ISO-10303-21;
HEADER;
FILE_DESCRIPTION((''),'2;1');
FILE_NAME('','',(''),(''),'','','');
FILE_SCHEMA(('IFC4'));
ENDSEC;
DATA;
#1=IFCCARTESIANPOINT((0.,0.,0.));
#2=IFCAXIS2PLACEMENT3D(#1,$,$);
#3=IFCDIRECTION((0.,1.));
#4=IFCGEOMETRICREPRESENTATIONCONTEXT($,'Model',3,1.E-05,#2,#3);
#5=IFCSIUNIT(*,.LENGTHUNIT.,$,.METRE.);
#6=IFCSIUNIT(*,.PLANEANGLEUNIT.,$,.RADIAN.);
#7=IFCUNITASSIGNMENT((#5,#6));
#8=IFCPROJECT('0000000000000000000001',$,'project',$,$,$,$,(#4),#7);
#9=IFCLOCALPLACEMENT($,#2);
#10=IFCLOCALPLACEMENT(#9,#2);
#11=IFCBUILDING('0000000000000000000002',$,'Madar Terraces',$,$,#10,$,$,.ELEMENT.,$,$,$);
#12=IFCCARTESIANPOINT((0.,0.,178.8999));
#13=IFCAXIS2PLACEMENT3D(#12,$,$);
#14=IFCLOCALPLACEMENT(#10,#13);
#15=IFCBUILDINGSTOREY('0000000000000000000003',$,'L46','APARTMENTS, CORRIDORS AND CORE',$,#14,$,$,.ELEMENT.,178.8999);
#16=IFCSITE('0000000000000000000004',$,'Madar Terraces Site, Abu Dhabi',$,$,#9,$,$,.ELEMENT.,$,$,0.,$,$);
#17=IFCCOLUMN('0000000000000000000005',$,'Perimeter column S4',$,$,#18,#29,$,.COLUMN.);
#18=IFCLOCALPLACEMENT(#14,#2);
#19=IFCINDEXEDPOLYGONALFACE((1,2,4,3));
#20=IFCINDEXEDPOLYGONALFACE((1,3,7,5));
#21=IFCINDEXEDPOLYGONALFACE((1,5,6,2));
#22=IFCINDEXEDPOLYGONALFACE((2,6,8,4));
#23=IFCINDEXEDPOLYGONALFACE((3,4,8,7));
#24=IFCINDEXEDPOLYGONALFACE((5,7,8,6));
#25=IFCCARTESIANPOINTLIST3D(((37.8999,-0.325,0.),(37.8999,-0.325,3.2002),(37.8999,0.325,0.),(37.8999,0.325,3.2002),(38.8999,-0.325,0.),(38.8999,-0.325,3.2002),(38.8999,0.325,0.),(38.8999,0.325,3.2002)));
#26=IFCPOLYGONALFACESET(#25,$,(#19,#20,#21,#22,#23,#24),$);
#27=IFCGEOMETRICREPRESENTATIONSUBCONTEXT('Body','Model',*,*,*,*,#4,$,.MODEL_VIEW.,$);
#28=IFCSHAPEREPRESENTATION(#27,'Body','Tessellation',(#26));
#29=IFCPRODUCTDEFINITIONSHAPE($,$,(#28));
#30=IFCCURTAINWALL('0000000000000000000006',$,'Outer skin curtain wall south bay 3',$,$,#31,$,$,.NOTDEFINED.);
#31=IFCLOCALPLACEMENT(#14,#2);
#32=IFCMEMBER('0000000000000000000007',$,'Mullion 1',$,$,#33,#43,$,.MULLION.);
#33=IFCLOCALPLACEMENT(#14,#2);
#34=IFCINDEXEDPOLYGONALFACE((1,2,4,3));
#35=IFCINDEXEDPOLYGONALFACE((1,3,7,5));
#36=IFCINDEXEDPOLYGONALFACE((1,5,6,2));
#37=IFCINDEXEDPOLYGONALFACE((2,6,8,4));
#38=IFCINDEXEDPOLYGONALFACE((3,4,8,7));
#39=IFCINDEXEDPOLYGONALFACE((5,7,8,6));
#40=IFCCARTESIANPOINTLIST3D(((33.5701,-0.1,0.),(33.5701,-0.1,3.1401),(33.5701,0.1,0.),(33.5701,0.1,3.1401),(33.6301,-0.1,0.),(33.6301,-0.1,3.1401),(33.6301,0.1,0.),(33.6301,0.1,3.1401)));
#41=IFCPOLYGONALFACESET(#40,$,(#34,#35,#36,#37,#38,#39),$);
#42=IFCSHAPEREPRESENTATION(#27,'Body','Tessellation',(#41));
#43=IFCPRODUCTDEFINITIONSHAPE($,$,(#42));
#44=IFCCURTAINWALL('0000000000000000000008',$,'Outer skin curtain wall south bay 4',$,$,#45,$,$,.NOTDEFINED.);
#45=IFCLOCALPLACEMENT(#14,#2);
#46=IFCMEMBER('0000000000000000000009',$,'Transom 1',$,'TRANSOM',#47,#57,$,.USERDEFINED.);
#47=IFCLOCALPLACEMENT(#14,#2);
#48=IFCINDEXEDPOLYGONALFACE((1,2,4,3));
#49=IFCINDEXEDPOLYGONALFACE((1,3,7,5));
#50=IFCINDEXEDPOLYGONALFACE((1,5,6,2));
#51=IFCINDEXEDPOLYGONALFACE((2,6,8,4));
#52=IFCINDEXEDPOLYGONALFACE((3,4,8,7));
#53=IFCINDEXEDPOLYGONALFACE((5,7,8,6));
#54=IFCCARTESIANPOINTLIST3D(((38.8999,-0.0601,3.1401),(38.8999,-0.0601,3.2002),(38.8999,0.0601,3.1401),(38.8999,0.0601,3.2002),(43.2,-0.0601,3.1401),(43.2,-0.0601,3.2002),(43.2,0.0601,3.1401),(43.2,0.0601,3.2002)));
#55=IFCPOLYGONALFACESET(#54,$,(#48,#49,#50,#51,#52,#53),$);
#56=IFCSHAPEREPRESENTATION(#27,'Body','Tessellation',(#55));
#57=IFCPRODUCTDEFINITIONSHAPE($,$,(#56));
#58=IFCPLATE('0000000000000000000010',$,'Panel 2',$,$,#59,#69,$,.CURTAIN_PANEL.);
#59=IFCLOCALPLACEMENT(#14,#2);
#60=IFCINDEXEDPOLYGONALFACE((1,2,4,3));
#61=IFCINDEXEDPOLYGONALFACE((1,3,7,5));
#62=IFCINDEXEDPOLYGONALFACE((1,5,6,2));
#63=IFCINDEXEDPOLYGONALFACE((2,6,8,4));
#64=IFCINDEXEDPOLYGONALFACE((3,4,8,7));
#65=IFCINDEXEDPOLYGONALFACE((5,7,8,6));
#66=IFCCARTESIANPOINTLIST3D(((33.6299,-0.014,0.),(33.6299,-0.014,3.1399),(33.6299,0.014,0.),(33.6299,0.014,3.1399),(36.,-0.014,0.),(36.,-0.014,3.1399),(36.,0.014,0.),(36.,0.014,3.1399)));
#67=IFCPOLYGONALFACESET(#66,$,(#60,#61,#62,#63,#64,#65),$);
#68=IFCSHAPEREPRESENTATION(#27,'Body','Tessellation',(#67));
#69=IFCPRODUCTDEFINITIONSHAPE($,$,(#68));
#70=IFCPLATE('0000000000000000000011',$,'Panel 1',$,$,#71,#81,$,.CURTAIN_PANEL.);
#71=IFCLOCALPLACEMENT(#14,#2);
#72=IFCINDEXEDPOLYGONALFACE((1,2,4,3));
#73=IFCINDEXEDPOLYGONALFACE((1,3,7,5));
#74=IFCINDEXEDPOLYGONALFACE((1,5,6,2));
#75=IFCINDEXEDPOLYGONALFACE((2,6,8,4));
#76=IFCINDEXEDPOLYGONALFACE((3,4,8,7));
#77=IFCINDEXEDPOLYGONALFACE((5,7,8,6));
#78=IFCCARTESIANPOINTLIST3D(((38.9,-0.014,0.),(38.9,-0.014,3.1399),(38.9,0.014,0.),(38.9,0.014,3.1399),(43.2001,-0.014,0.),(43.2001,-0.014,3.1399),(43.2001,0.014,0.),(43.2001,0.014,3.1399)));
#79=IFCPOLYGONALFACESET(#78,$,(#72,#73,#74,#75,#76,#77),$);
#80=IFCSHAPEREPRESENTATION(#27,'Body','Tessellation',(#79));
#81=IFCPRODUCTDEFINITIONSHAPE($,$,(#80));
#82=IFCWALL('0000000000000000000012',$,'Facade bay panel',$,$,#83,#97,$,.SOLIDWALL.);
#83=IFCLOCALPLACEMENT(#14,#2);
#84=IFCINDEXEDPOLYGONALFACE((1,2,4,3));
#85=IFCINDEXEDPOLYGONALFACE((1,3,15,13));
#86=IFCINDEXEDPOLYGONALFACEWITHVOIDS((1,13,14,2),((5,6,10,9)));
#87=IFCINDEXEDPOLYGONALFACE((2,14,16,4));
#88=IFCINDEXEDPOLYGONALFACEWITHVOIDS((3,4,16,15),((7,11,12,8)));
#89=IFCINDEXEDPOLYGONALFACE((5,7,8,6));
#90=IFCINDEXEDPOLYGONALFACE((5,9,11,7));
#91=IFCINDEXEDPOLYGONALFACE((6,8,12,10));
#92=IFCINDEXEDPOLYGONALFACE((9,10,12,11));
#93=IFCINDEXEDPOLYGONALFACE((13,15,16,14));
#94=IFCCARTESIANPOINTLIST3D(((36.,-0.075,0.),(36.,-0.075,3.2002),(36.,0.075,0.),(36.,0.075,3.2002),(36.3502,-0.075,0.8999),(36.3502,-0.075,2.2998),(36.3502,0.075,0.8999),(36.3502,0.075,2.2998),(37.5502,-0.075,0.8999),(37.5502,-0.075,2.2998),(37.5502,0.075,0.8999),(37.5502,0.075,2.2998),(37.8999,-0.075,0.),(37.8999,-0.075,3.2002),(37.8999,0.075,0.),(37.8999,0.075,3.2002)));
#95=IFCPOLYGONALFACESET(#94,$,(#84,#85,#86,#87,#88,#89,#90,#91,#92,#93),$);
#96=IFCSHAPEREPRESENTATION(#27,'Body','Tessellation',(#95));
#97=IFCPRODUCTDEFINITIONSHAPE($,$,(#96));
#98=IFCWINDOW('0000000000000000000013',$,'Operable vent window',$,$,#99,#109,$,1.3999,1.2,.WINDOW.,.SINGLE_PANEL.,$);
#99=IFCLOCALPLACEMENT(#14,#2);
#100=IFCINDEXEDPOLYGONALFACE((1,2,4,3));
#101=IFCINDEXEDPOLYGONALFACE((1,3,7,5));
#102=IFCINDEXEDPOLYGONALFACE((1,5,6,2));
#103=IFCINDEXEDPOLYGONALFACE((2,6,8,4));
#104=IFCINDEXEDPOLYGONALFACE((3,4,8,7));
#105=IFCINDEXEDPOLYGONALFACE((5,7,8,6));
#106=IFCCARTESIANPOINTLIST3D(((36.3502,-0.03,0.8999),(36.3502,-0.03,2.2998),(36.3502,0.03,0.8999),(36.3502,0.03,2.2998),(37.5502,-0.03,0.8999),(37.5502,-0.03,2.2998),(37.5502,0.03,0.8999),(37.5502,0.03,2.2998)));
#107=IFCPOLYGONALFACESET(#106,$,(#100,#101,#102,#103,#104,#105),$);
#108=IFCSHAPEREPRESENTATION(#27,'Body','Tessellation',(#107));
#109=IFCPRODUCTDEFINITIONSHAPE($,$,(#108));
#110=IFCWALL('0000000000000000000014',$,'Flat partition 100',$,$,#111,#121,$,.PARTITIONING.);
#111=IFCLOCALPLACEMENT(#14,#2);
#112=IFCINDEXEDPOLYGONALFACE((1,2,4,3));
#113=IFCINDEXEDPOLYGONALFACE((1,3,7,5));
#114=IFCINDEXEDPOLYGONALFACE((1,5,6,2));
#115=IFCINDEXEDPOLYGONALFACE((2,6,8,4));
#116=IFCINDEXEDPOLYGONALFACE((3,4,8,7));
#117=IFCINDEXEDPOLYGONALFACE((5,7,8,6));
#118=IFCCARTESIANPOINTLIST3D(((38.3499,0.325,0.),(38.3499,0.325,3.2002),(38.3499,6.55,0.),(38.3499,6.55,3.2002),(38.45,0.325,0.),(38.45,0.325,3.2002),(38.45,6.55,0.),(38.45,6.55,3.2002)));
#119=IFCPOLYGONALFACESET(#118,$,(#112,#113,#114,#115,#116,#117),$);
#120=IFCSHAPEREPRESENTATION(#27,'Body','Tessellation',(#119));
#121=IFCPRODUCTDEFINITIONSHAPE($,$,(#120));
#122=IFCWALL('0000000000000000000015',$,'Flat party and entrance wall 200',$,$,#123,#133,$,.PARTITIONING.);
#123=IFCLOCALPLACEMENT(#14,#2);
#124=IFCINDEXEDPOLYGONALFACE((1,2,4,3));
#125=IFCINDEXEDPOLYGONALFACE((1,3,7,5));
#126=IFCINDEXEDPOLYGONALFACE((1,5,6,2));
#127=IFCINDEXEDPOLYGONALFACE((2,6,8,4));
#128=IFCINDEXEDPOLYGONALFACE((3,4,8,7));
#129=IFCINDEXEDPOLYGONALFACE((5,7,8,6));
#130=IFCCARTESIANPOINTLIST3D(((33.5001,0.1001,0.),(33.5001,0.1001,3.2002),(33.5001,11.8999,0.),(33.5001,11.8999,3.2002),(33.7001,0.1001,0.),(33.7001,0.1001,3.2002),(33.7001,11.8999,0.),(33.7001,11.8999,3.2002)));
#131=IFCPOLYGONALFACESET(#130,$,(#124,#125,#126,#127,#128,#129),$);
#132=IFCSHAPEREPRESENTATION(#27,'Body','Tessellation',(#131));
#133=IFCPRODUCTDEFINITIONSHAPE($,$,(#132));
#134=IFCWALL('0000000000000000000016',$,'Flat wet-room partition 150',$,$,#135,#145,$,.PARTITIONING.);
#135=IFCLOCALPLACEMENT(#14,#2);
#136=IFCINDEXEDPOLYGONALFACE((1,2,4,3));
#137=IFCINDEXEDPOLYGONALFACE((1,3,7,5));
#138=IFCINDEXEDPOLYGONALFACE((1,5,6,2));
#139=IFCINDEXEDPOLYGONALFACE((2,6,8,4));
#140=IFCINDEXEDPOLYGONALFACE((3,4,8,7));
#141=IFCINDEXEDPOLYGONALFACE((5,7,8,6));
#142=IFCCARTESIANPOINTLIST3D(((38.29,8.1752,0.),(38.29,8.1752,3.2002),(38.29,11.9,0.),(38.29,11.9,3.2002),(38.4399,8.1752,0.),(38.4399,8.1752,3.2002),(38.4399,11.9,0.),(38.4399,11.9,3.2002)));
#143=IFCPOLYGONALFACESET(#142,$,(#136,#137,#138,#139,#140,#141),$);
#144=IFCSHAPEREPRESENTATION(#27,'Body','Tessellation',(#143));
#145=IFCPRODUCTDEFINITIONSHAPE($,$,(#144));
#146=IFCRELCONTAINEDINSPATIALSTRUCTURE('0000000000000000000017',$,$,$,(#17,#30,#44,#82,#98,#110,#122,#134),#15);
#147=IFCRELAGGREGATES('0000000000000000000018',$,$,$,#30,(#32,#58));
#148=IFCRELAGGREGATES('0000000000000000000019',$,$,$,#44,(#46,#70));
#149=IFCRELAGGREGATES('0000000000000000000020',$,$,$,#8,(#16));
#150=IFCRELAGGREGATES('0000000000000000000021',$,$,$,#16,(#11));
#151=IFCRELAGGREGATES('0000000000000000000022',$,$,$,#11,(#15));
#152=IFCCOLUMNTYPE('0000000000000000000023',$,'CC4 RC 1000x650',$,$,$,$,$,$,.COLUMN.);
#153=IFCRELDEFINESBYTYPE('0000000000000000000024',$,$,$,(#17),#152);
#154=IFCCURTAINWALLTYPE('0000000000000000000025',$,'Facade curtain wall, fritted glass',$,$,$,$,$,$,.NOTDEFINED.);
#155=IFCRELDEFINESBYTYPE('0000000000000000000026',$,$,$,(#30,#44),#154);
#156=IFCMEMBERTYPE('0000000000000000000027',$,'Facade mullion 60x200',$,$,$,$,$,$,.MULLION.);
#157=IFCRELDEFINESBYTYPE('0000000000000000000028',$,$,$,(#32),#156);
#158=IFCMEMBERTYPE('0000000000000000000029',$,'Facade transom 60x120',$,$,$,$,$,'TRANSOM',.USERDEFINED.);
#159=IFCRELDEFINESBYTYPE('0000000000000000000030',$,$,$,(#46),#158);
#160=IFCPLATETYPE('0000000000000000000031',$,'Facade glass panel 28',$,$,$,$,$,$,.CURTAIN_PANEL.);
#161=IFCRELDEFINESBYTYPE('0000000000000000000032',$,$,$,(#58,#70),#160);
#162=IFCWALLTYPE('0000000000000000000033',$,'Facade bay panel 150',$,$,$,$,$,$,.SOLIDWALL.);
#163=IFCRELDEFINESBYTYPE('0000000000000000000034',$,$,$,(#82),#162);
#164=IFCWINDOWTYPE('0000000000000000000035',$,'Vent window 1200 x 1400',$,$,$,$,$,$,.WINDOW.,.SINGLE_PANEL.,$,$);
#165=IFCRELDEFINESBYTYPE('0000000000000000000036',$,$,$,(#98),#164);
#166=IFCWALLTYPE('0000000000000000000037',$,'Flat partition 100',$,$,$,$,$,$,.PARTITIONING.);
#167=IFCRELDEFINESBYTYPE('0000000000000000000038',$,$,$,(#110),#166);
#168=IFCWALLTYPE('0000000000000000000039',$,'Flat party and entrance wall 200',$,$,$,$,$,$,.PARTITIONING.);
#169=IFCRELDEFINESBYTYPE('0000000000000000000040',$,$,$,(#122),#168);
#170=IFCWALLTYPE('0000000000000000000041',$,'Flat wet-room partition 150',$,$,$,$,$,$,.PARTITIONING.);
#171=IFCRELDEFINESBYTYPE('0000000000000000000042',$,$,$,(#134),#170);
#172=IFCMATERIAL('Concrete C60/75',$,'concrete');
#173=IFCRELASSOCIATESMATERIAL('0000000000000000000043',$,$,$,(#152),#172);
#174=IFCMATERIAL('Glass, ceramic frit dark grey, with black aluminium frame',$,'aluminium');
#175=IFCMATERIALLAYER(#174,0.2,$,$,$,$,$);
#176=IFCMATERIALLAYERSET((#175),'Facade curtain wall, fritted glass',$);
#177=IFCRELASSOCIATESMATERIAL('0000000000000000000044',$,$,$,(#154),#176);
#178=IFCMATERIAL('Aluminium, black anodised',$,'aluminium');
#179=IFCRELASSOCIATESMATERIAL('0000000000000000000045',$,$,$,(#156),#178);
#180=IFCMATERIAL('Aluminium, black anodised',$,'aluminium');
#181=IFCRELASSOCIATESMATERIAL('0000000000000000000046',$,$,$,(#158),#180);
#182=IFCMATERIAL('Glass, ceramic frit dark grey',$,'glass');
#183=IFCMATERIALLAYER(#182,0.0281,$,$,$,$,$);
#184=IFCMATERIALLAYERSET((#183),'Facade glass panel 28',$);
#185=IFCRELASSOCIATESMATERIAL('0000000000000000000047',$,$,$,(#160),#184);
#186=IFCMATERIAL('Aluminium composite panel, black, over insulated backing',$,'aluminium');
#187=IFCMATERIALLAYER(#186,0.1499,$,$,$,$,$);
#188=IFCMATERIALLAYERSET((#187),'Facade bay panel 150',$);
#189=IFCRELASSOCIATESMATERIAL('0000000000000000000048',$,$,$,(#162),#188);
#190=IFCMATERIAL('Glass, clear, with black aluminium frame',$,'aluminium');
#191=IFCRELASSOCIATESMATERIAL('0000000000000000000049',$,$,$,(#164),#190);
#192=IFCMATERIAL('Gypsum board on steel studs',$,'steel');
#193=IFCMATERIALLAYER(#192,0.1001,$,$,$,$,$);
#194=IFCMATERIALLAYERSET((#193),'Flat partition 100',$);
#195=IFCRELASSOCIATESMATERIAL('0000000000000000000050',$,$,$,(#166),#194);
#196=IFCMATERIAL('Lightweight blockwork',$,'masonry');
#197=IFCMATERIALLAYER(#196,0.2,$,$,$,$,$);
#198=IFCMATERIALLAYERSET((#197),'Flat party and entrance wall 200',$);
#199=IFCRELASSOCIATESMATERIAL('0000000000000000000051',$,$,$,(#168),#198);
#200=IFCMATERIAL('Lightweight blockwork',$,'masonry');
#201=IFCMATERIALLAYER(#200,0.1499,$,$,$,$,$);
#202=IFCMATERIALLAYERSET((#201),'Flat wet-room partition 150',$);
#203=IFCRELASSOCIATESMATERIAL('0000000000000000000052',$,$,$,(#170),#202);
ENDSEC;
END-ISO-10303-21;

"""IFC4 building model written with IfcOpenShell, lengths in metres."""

from ifc_helpers import new_model, si_unit, direction, frame, frame_2d, origin, origin_2d, place, context, subcontext, project, spatial, rectangle, extrude, material, layer, layer_set, material_profile, profile_set, type_object, element, fill, aggregate, save


model = new_model("IFC4")

# Units and contexts
model_context = context("Model", 3, precision=1e-05, world=origin(), true_north=direction((0.0, 1.0)))
body_context = subcontext(model_context, "Body", "Model", "MODEL_VIEW")
ifc_project = project(units=[si_unit("LENGTHUNIT", "METRE"), si_unit("PLANEANGLEUNIT", "RADIAN")], contexts=[model_context])

# Site, building, storey
site_placement = place(None, origin())
site = spatial("IfcSite", under=ifc_project, at=site_placement, Name="Madar Terraces Site, Abu Dhabi", CompositionType="ELEMENT", RefElevation=0.0)
building_placement = place(site_placement, origin())
building = spatial("IfcBuilding", under=site, at=building_placement, Name="Madar Terraces", CompositionType="ELEMENT")
storey_placement = place(building_placement, frame((0.0, 0.0, 178.8999)))
storey = spatial("IfcBuildingStorey", under=building, at=storey_placement, Name="L46", Description="APARTMENTS, CORRIDORS AND CORE", CompositionType="ELEMENT", Elevation=178.8999)

# Column
ifc_material_1 = material(Name="Concrete C60/75", Category="concrete")
ifc_material_profile_1 = material_profile(ifc_material_1, rectangle(XDim=1.0, YDim=0.6499, at=origin_2d()), Name="CC4 RC 1000x650")
ifc_profile_set_1 = profile_set([ifc_material_profile_1], Name="Concrete C60/75")
column_type = type_object("IfcColumnType", Name="CC4 RC 1000x650", PredefinedType="COLUMN", material=ifc_profile_set_1)
column_placement = place(storey_placement, frame((38.3999, 0.0, 0.0), z_axis=(0.0, 0.0, 1.0), x_axis=(1.0, 0.0, 0.0)))
element("IfcColumn", 1, at=column_placement, inside=storey, type_object=column_type, Name="Perimeter column S4", PredefinedType="COLUMN", context=body_context, shape_type="SweptSolid", body=[
    extrude(rectangle(XDim=1.0, YDim=0.6499, at=origin_2d()), origin(), (0.0, 0.0, 1.0), 3.2002),
])

# Curtain walls, members
ifc_material_2 = material(Name="Glass, ceramic frit dark grey, with black aluminium frame", Category="aluminium")
ifc_layer_1 = layer(ifc_material_2, 0.2)
ifc_layer_set_1 = layer_set([ifc_layer_1], Name="Facade curtain wall, fritted glass")
curtain_wall_type = type_object("IfcCurtainWallType", Name="Facade curtain wall, fritted glass", PredefinedType="NOTDEFINED", material=ifc_layer_set_1)
curtain_wall_1_placement = place(storey_placement, origin())
curtain_wall_1 = element("IfcCurtainWall", 2, at=curtain_wall_1_placement, inside=storey, type_object=curtain_wall_type, Name="Outer skin curtain wall south bay 3", PredefinedType="NOTDEFINED")
ifc_material_3 = material(Name="Aluminium, black anodised", Category="aluminium")
ifc_material_profile_2 = material_profile(ifc_material_3, rectangle(XDim=0.2, YDim=0.0601, at=origin_2d()), Name="Facade mullion 60x200")
ifc_profile_set_2 = profile_set([ifc_material_profile_2], Name="Aluminium, black anodised")
member_type_1 = type_object("IfcMemberType", Name="Facade mullion 60x200", PredefinedType="MULLION", material=ifc_profile_set_2)
member_1_placement = place(storey_placement, frame((33.6001, 0.0, 0.0), z_axis=(0.0, 0.0, 1.0), x_axis=(0.0, 1.0, 0.0)))
member_1 = element("IfcMember", 3, at=member_1_placement, type_object=member_type_1, Name="Mullion 1", PredefinedType="MULLION", context=body_context, shape_type="SweptSolid", body=[
    extrude(rectangle(XDim=0.2, YDim=0.0601, at=origin_2d()), origin(), (0.0, 0.0, 1.0), 3.1401),
])
curtain_wall_2_placement = place(storey_placement, origin())
curtain_wall_2 = element("IfcCurtainWall", 4, at=curtain_wall_2_placement, inside=storey, type_object=curtain_wall_type, Name="Outer skin curtain wall south bay 4", PredefinedType="NOTDEFINED")
ifc_material_4 = material(Name="Aluminium, black anodised", Category="aluminium")
ifc_material_profile_3 = material_profile(ifc_material_4, rectangle(XDim=0.1201, YDim=0.0601, at=origin_2d()), Name="Facade transom 60x120")
ifc_profile_set_3 = profile_set([ifc_material_profile_3], Name="Aluminium, black anodised")
member_type_2 = type_object("IfcMemberType", Name="Facade transom 60x120", ElementType="TRANSOM", PredefinedType="USERDEFINED", material=ifc_profile_set_3)
member_2_placement = place(storey_placement, frame((38.8999, 0.0, 3.1702), z_axis=(1.0, 0.0, 0.0), x_axis=(0.0, 1.0, 0.0)))
member_2 = element("IfcMember", 5, at=member_2_placement, type_object=member_type_2, Name="Transom 1", ObjectType="TRANSOM", PredefinedType="USERDEFINED", context=body_context, shape_type="SweptSolid", body=[
    extrude(rectangle(XDim=0.1201, YDim=0.0601, at=origin_2d()), origin(), (0.0, 0.0, 1.0), 4.3),
])

# Plates
ifc_material_5 = material(Name="Glass, ceramic frit dark grey", Category="glass")
ifc_layer_2 = layer(ifc_material_5, 0.0281)
ifc_layer_set_2 = layer_set([ifc_layer_2], Name="Facade glass panel 28")
plate_type = type_object("IfcPlateType", Name="Facade glass panel 28", PredefinedType="CURTAIN_PANEL", material=ifc_layer_set_2)
plate_1_placement = place(storey_placement, frame((34.8149, 0.0, 0.0), z_axis=(0.0, 0.0, 1.0), x_axis=(1.0, 0.0, 0.0)))
plate_1 = element("IfcPlate", 6, at=plate_1_placement, type_object=plate_type, Name="Panel 2", PredefinedType="CURTAIN_PANEL", context=body_context, shape_type="SweptSolid", body=[
    extrude(rectangle(XDim=2.3701, YDim=0.0281, at=origin_2d()), origin(), (0.0, 0.0, 1.0), 3.1399),
])
aggregate(curtain_wall_1, [member_1, plate_1])
plate_2_placement = place(storey_placement, frame((41.05, 0.0, 0.0), z_axis=(0.0, 0.0, 1.0), x_axis=(1.0, 0.0, 0.0)))
plate_2 = element("IfcPlate", 7, at=plate_2_placement, type_object=plate_type, Name="Panel 1", PredefinedType="CURTAIN_PANEL", context=body_context, shape_type="SweptSolid", body=[
    extrude(rectangle(XDim=4.3, YDim=0.0281, at=origin_2d()), origin(), (0.0, 0.0, 1.0), 3.1399),
])
aggregate(curtain_wall_2, [member_2, plate_2])

# Wall, opening, window
ifc_material_6 = material(Name="Aluminium composite panel, black, over insulated backing", Category="aluminium")
ifc_layer_3 = layer(ifc_material_6, 0.1499)
ifc_layer_set_3 = layer_set([ifc_layer_3], Name="Facade bay panel 150")
wall_type_1 = type_object("IfcWallType", Name="Facade bay panel 150", PredefinedType="SOLIDWALL", material=ifc_layer_set_3)
wall_1_placement = place(storey_placement, frame((36.0, 0.0, 0.0), z_axis=(0.0, 0.0, 1.0), x_axis=(1.0, 0.0, 0.0)))
wall_1 = element("IfcWall", 8, at=wall_1_placement, inside=storey, type_object=wall_type_1, Name="Facade bay panel", PredefinedType="SOLIDWALL", context=body_context, shape_type="SweptSolid", body=[
    extrude(rectangle(XDim=1.8999, YDim=0.1499, at=frame_2d((0.95, 0.0))), origin(), (0.0, 0.0, 1.0), 3.2002),
])
opening_1_placement = place(wall_1_placement, frame((0.3501, 0.0, 0.8999)))
opening_1 = element("IfcOpeningElement", 9, at=opening_1_placement, cuts=wall_1, PredefinedType="OPENING", context=body_context, shape_type="SweptSolid", body=[
    extrude(rectangle(XDim=1.2, YDim=1.3999, at=frame_2d((0.6001, 0.7))), frame((0.0, 0.085, 0.0), z_axis=(0.0, -1.0, 0.0), x_axis=(1.0, 0.0, 0.0)), (0.0, 0.0, 1.0), 0.1699),
])
ifc_material_7 = material(Name="Glass, clear, with black aluminium frame", Category="aluminium")
window_type = type_object("IfcWindowType", Name="Vent window 1200 x 1400", PartitioningType="SINGLE_PANEL", PredefinedType="WINDOW", material=ifc_material_7)
window_placement = place(opening_1_placement, origin())
window = element("IfcWindow", 10, at=window_placement, inside=storey, type_object=window_type, Name="Operable vent window", OverallHeight=1.3999, OverallWidth=1.2, PartitioningType="SINGLE_PANEL", PredefinedType="WINDOW", context=body_context, shape_type="SweptSolid", body=[
    extrude(rectangle(XDim=1.2, YDim=1.3999, at=frame_2d((0.6001, 0.7))), frame((0.0, 0.03, 0.0), z_axis=(0.0, -1.0, 0.0), x_axis=(1.0, 0.0, 0.0)), (0.0, 0.0, 1.0), 0.0601),
])
fill(opening_1, window)

# Walls
ifc_material_8 = material(Name="Gypsum board on steel studs", Category="steel")
ifc_layer_4 = layer(ifc_material_8, 0.1001)
ifc_layer_set_4 = layer_set([ifc_layer_4], Name="Flat partition 100")
wall_type_2 = type_object("IfcWallType", Name="Flat partition 100", PredefinedType="PARTITIONING", material=ifc_layer_set_4)
wall_2_placement = place(storey_placement, frame((38.3999, 6.55, 0.0), z_axis=(0.0, 0.0, 1.0), x_axis=(0.0, -1.0, 0.0)))
element("IfcWall", 11, at=wall_2_placement, inside=storey, type_object=wall_type_2, Name="Flat partition 100", PredefinedType="PARTITIONING", context=body_context, shape_type="SweptSolid", body=[
    extrude(rectangle(XDim=6.2251, YDim=0.1001, at=frame_2d((3.1125, 0.0))), origin(), (0.0, 0.0, 1.0), 3.2002),
])
ifc_material_9 = material(Name="Lightweight blockwork", Category="masonry")
ifc_layer_5 = layer(ifc_material_9, 0.2)
ifc_layer_set_5 = layer_set([ifc_layer_5], Name="Flat party and entrance wall 200")
wall_type_3 = type_object("IfcWallType", Name="Flat party and entrance wall 200", PredefinedType="PARTITIONING", material=ifc_layer_set_5)
wall_3_placement = place(storey_placement, frame((33.6001, 11.8999, 0.0), z_axis=(0.0, 0.0, 1.0), x_axis=(0.0, -1.0, 0.0)))
element("IfcWall", 12, at=wall_3_placement, inside=storey, type_object=wall_type_3, Name="Flat party and entrance wall 200", PredefinedType="PARTITIONING", context=body_context, shape_type="SweptSolid", body=[
    extrude(rectangle(XDim=11.7998, YDim=0.2, at=frame_2d((5.8999, 0.0))), origin(), (0.0, 0.0, 1.0), 3.2002),
])
ifc_material_10 = material(Name="Lightweight blockwork", Category="masonry")
ifc_layer_6 = layer(ifc_material_10, 0.1499)
ifc_layer_set_6 = layer_set([ifc_layer_6], Name="Flat wet-room partition 150")
wall_type_4 = type_object("IfcWallType", Name="Flat wet-room partition 150", PredefinedType="PARTITIONING", material=ifc_layer_set_6)
wall_4_placement = place(storey_placement, frame((38.365, 11.8999, 0.0), z_axis=(0.0, 0.0, 1.0), x_axis=(0.0, -1.0, 0.0)))
element("IfcWall", 13, at=wall_4_placement, inside=storey, type_object=wall_type_4, Name="Flat wet-room partition 150", PredefinedType="PARTITIONING", context=body_context, shape_type="SweptSolid", body=[
    extrude(rectangle(XDim=3.7249, YDim=0.1499, at=frame_2d((1.8623, 0.0))), origin(), (0.0, 0.0, 1.0), 3.2002),
])

save(model, "model.ifc")
